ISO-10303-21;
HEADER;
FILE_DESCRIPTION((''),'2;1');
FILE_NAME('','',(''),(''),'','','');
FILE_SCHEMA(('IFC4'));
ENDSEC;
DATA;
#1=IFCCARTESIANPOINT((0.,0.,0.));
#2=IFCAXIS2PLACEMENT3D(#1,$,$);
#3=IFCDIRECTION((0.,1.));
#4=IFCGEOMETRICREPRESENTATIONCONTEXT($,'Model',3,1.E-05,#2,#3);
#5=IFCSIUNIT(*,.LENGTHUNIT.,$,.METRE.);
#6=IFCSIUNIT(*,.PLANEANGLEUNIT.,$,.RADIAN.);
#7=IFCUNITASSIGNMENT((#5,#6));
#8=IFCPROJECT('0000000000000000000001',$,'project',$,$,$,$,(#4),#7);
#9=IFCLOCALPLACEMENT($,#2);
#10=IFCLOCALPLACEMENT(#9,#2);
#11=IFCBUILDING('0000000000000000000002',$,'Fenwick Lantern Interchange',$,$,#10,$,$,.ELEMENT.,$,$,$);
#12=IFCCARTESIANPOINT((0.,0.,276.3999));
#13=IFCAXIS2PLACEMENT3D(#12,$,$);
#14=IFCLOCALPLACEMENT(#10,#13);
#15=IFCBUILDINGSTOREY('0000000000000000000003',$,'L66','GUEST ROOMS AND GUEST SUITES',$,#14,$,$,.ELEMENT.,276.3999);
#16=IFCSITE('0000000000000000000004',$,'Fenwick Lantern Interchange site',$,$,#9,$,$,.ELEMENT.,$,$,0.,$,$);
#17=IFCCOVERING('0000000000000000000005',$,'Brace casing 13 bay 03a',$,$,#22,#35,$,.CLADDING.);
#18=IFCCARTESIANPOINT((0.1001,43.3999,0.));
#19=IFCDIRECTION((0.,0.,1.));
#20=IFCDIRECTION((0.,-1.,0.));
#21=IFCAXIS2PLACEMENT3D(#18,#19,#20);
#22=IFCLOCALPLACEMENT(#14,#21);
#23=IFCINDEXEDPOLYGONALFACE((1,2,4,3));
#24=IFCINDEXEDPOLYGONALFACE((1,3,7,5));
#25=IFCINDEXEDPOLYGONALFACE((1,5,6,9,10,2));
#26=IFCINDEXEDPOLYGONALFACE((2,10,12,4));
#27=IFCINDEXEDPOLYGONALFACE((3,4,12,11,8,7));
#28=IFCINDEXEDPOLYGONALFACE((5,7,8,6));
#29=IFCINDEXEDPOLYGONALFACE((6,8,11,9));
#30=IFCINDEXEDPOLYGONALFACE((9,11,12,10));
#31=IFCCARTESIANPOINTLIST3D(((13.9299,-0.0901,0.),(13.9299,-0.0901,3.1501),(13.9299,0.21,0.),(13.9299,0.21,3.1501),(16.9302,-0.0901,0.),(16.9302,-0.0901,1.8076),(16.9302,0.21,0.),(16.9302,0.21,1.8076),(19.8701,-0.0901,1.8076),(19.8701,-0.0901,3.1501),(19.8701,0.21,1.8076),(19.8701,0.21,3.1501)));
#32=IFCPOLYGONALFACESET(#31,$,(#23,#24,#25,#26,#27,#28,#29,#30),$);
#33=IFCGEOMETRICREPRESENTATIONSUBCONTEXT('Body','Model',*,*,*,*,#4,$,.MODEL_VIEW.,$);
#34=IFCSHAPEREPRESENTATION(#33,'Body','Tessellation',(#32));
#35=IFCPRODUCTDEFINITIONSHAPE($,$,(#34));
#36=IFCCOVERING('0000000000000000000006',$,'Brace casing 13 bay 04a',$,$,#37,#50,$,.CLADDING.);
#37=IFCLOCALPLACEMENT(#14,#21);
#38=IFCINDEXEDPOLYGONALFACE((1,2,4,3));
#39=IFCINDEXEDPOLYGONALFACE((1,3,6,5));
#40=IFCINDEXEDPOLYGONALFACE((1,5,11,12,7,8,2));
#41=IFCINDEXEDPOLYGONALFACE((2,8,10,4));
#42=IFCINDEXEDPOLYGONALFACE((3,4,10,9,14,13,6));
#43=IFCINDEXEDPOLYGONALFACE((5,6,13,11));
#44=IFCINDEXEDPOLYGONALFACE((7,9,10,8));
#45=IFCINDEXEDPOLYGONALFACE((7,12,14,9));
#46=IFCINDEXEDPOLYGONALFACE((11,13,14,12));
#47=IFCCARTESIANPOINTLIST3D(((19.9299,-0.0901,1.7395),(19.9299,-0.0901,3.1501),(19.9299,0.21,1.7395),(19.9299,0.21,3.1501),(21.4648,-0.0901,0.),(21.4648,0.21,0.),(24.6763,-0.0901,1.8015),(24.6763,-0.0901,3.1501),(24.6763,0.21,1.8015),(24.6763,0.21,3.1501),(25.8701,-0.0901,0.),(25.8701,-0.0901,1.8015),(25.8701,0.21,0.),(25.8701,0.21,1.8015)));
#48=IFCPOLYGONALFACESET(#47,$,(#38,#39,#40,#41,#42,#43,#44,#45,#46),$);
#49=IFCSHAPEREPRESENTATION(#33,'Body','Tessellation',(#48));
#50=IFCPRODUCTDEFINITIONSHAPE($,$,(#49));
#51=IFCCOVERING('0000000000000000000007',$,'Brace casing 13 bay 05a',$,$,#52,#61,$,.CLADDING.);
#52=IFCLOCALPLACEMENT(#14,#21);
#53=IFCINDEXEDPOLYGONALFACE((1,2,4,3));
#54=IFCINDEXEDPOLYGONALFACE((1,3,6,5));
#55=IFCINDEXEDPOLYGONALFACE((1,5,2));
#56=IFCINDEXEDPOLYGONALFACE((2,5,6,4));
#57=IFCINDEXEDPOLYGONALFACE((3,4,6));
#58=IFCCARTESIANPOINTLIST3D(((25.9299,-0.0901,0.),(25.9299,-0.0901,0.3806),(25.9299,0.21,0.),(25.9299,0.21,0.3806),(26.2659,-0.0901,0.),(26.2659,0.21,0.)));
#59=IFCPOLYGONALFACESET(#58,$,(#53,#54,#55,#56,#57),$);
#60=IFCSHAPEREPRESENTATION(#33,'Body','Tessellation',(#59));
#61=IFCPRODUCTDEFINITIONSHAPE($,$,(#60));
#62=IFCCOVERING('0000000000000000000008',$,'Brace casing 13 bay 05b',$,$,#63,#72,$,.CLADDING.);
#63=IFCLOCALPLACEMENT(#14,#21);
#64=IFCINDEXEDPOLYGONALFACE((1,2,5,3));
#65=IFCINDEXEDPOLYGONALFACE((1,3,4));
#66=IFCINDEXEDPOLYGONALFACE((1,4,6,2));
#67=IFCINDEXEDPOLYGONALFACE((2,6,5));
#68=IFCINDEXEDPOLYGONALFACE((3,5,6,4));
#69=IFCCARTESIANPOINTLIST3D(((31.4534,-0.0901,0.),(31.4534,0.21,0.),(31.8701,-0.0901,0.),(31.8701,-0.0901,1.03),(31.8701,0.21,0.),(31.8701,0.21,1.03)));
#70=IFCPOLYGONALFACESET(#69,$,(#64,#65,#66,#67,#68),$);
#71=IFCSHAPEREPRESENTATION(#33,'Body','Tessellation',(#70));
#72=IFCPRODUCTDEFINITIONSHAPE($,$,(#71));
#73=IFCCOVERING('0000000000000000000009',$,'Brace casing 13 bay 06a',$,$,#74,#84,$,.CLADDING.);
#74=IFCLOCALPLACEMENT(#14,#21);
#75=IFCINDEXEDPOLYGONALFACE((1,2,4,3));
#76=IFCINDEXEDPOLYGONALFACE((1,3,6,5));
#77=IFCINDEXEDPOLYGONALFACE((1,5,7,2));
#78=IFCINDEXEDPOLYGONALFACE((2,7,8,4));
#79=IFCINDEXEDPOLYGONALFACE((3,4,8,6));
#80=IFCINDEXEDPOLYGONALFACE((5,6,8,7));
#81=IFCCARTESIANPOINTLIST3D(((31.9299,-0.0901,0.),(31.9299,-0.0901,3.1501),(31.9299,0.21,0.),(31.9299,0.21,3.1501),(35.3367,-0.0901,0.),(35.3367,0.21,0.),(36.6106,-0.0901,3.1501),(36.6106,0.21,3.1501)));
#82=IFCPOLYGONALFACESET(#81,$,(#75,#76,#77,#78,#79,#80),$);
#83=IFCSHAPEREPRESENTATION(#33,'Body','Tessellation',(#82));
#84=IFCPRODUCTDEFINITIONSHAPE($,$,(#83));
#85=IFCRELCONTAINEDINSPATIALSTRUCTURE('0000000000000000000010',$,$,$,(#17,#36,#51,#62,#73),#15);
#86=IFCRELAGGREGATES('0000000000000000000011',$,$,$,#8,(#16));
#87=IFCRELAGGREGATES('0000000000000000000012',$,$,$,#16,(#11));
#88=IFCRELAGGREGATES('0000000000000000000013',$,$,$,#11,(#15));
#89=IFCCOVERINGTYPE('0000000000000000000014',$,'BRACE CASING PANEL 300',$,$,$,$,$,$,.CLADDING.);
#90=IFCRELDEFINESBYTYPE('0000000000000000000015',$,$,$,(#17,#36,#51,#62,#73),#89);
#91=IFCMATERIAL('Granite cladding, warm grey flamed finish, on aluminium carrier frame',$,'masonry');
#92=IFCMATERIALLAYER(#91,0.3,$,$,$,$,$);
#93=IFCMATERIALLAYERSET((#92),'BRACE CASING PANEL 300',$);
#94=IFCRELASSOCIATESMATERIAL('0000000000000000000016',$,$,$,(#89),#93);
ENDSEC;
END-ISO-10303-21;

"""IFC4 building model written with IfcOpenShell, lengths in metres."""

from ifc_helpers import new_model, si_unit, direction, frame, origin, place, context, subcontext, project, spatial, polyline, outline, extrude, material, layer, layer_set, type_object, element, save


model = new_model("IFC4")

# Units and contexts
model_context = context("Model", 3, precision=1e-05, world=origin(), true_north=direction((0.0, 1.0)))
body_context = subcontext(model_context, "Body", "Model", "MODEL_VIEW")
ifc_project = project(units=[si_unit("LENGTHUNIT", "METRE"), si_unit("PLANEANGLEUNIT", "RADIAN")], contexts=[model_context])

# Site, building, storey
site_placement = place(None, origin())
site = spatial("IfcSite", under=ifc_project, at=site_placement, Name="Fenwick Lantern Interchange site", CompositionType="ELEMENT", RefElevation=0.0)
building_placement = place(site_placement, origin())
building = spatial("IfcBuilding", under=site, at=building_placement, Name="Fenwick Lantern Interchange", CompositionType="ELEMENT")
storey_placement = place(building_placement, frame((0.0, 0.0, 276.3999)))
storey = spatial("IfcBuildingStorey", under=building, at=storey_placement, Name="L66", Description="GUEST ROOMS AND GUEST SUITES", CompositionType="ELEMENT", Elevation=276.3999)

# Coverings
ifc_material_1 = material(Name="Granite cladding, warm grey flamed finish, on aluminium carrier frame", Category="masonry")
ifc_layer_1 = layer(ifc_material_1, 0.3)
ifc_layer_set_1 = layer_set([ifc_layer_1], Name="BRACE CASING PANEL 300")
covering_type = type_object("IfcCoveringType", Name="BRACE CASING PANEL 300", PredefinedType="CLADDING", material=ifc_layer_set_1)
covering_1_placement = place(storey_placement, frame((0.1001, 43.3999, 0.0), z_axis=(0.0, 0.0, 1.0), x_axis=(0.0, -1.0, 0.0)))
element("IfcCovering", 1, at=covering_1_placement, inside=storey, type_object=covering_type, Name="Brace casing 13 bay 03a", PredefinedType="CLADDING", context=body_context, shape_type="SweptSolid", body=[
    extrude(outline(polyline([(13.9299, 0.0), (16.9302, 0.0), (16.9302, 1.8076), (19.8701, 1.8076), (19.8701, 3.1501), (13.9299, 3.1501), (13.9299, 0.0)])), frame((0.0, 0.21, 0.0), z_axis=(0.0, -1.0, 0.0), x_axis=(1.0, 0.0, 0.0)), (0.0, 0.0, 1.0), 0.3),
])
covering_2_placement = place(storey_placement, frame((0.1001, 43.3999, 0.0), z_axis=(0.0, 0.0, 1.0), x_axis=(0.0, -1.0, 0.0)))
element("IfcCovering", 2, at=covering_2_placement, inside=storey, type_object=covering_type, Name="Brace casing 13 bay 04a", PredefinedType="CLADDING", context=body_context, shape_type="SweptSolid", body=[
    extrude(outline(polyline([(21.4648, 0.0), (25.8701, 0.0), (25.8701, 1.8015), (24.6763, 1.8015), (24.6763, 3.1501), (19.9299, 3.1501), (19.9299, 1.7395), (21.4648, 0.0)])), frame((0.0, 0.21, 0.0), z_axis=(0.0, -1.0, 0.0), x_axis=(1.0, 0.0, 0.0)), (0.0, 0.0, 1.0), 0.3),
])
covering_3_placement = place(storey_placement, frame((0.1001, 43.3999, 0.0), z_axis=(0.0, 0.0, 1.0), x_axis=(0.0, -1.0, 0.0)))
element("IfcCovering", 3, at=covering_3_placement, inside=storey, type_object=covering_type, Name="Brace casing 13 bay 05a", PredefinedType="CLADDING", context=body_context, shape_type="SweptSolid", body=[
    extrude(outline(polyline([(25.9299, 0.0), (26.2659, 0.0), (25.9299, 0.3806), (25.9299, 0.0)])), frame((0.0, 0.21, 0.0), z_axis=(0.0, -1.0, 0.0), x_axis=(1.0, 0.0, 0.0)), (0.0, 0.0, 1.0), 0.3),
])
covering_4_placement = place(storey_placement, frame((0.1001, 43.3999, 0.0), z_axis=(0.0, 0.0, 1.0), x_axis=(0.0, -1.0, 0.0)))
element("IfcCovering", 4, at=covering_4_placement, inside=storey, type_object=covering_type, Name="Brace casing 13 bay 05b", PredefinedType="CLADDING", context=body_context, shape_type="SweptSolid", body=[
    extrude(outline(polyline([(31.4534, 0.0), (31.8701, 0.0), (31.8701, 1.03), (31.4534, 0.0)])), frame((0.0, 0.21, 0.0), z_axis=(0.0, -1.0, 0.0), x_axis=(1.0, 0.0, 0.0)), (0.0, 0.0, 1.0), 0.3),
])
covering_5_placement = place(storey_placement, frame((0.1001, 43.3999, 0.0), z_axis=(0.0, 0.0, 1.0), x_axis=(0.0, -1.0, 0.0)))
element("IfcCovering", 5, at=covering_5_placement, inside=storey, type_object=covering_type, Name="Brace casing 13 bay 06a", PredefinedType="CLADDING", context=body_context, shape_type="SweptSolid", body=[
    extrude(outline(polyline([(31.9299, 0.0), (35.3367, 0.0), (36.6106, 3.1501), (31.9299, 3.1501), (31.9299, 0.0)])), frame((0.0, 0.21, 0.0), z_axis=(0.0, -1.0, 0.0), x_axis=(1.0, 0.0, 0.0)), (0.0, 0.0, 1.0), 0.3),
])

save(model, "model.ifc")
